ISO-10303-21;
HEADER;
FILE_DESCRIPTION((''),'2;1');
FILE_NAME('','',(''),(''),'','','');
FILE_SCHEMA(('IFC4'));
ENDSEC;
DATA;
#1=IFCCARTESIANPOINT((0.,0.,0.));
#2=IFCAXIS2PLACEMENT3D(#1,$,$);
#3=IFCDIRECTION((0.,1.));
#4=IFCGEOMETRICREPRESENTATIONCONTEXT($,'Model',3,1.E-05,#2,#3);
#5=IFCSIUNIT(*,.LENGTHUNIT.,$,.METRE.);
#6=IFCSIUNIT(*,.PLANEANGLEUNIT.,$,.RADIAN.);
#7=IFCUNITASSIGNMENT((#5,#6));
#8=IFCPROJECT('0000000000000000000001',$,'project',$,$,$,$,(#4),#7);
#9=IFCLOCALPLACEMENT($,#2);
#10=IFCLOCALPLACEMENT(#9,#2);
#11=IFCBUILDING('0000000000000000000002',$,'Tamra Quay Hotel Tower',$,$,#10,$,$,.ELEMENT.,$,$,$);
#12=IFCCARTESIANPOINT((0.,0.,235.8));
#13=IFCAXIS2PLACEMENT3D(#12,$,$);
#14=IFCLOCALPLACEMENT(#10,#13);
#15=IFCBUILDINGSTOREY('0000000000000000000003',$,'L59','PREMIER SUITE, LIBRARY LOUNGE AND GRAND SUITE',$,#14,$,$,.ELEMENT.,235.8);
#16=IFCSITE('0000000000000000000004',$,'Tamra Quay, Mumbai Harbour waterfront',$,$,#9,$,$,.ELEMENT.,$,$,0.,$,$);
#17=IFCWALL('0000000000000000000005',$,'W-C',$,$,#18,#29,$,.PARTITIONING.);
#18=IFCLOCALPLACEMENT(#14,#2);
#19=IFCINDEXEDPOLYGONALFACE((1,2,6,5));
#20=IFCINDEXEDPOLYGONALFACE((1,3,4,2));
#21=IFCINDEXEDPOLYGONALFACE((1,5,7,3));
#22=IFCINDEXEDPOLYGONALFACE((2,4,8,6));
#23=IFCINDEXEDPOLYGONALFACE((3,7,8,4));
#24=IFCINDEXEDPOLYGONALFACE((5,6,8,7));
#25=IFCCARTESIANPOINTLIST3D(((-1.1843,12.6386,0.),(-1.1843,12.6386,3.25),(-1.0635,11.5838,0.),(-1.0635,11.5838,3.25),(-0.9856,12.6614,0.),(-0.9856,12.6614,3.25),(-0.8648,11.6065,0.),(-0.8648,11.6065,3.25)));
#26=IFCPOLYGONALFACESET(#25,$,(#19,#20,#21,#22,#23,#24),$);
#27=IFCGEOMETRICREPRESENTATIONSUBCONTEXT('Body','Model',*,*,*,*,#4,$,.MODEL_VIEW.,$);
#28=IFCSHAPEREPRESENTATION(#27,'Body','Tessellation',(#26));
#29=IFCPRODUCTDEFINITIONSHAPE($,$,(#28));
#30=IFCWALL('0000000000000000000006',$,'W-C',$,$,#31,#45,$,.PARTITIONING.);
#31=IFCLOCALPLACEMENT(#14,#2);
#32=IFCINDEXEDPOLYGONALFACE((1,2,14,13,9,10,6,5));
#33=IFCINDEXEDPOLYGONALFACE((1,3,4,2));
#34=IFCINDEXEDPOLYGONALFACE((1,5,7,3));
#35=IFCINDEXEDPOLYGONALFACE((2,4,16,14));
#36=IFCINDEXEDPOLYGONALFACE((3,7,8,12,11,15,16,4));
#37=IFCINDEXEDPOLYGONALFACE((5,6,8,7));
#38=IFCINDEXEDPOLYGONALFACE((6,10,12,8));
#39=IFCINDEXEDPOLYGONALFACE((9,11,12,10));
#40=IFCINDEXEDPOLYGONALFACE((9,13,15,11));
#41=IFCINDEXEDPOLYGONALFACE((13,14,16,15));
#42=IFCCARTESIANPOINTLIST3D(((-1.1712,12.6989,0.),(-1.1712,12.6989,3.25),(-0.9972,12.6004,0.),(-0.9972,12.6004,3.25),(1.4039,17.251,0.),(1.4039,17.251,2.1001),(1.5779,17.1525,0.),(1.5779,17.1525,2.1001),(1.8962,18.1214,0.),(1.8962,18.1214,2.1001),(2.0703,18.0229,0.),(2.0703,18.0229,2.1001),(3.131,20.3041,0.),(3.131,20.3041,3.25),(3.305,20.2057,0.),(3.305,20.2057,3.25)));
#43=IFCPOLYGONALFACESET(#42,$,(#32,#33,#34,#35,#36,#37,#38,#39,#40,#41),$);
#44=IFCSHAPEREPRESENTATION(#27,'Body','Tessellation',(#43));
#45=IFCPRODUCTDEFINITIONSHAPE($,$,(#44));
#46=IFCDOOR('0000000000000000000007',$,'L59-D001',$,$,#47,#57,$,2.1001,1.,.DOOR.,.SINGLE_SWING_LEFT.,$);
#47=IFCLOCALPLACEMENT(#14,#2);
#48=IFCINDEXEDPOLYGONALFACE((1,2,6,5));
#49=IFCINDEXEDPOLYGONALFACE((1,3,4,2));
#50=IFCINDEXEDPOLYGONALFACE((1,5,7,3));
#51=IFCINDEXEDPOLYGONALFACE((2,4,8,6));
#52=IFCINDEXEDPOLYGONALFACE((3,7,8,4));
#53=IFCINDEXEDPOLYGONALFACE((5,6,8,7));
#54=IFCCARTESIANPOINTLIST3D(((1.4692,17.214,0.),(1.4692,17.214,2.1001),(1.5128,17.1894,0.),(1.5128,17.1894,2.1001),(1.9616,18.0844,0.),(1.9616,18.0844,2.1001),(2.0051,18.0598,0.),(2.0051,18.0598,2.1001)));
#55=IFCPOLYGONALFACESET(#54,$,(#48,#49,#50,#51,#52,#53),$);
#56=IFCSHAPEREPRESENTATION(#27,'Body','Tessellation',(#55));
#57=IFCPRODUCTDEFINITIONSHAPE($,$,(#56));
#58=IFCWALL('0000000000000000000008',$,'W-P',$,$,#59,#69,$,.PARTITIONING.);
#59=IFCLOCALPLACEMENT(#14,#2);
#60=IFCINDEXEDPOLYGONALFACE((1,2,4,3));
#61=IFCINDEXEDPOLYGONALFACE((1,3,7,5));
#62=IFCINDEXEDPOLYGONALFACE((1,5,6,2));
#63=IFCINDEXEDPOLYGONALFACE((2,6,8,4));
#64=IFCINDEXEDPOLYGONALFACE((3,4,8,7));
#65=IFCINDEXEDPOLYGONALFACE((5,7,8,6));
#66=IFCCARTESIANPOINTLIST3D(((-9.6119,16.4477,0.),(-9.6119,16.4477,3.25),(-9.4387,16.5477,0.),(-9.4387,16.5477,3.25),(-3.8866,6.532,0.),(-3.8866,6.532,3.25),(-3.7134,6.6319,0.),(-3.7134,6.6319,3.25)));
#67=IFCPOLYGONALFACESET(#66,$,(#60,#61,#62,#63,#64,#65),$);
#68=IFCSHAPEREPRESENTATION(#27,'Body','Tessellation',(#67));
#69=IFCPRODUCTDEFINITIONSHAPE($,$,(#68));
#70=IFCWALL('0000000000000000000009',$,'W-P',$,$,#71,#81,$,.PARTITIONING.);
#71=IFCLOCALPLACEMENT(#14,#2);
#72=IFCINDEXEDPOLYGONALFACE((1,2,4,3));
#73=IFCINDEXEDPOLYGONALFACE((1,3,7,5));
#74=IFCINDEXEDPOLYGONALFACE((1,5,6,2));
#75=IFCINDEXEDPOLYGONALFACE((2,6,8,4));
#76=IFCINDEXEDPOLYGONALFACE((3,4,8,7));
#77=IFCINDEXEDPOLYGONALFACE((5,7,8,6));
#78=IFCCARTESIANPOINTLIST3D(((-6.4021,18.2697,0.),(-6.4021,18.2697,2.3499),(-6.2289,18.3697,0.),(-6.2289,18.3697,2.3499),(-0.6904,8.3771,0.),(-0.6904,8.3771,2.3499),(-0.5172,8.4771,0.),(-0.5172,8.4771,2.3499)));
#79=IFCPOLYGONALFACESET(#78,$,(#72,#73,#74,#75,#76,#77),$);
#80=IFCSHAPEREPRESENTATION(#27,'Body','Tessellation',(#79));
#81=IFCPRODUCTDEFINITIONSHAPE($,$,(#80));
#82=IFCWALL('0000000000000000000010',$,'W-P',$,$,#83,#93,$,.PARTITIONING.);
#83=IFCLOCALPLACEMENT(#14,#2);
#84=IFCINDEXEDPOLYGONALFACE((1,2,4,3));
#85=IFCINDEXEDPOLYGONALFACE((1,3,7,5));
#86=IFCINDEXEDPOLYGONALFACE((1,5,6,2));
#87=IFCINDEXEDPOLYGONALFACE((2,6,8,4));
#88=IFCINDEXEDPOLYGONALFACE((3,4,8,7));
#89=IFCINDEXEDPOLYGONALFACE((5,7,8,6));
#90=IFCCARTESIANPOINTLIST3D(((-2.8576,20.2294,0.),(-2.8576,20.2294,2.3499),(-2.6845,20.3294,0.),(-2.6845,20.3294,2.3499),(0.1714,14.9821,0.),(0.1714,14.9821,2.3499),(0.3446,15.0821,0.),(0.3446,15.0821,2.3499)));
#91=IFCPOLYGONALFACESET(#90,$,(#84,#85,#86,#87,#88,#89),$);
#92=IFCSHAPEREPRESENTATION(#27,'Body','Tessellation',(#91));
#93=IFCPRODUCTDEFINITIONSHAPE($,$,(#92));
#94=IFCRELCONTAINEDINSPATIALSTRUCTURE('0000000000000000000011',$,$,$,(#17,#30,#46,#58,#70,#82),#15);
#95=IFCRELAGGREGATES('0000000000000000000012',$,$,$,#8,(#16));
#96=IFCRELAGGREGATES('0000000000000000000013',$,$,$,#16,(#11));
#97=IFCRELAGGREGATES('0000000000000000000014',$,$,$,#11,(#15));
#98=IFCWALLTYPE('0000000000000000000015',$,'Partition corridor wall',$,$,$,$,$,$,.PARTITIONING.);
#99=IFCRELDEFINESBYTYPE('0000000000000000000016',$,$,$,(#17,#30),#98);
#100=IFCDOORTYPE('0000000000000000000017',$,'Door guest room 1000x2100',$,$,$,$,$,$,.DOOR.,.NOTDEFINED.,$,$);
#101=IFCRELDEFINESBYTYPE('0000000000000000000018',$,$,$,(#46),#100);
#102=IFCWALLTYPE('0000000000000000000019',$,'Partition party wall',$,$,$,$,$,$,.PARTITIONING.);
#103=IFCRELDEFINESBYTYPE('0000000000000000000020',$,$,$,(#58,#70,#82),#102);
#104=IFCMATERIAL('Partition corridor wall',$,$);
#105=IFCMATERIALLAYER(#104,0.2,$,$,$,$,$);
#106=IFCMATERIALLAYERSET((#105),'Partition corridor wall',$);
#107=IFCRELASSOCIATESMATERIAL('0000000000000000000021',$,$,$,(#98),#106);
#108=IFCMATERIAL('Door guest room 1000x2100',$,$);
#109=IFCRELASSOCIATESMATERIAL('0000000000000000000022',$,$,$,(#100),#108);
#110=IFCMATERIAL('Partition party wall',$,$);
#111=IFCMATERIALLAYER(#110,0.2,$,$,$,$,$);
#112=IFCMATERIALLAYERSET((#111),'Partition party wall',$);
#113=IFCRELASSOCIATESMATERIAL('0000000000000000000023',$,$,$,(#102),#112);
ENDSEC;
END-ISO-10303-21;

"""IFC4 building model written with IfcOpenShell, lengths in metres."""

from ifc_helpers import new_model, si_unit, direction, frame, frame_2d, origin, place, context, subcontext, project, spatial, rectangle, extrude, material, layer, layer_set, type_object, element, fill, save


model = new_model("IFC4")

# Units and contexts
model_context = context("Model", 3, precision=1e-05, world=origin(), true_north=direction((0.0, 1.0)))
body_context = subcontext(model_context, "Body", "Model", "MODEL_VIEW")
ifc_project = project(units=[si_unit("LENGTHUNIT", "METRE"), si_unit("PLANEANGLEUNIT", "RADIAN")], contexts=[model_context])

# Site, building, storey
site_placement = place(None, origin())
site = spatial("IfcSite", under=ifc_project, at=site_placement, Name="Tamra Quay, Mumbai Harbour waterfront", CompositionType="ELEMENT", RefElevation=0.0)
building_placement = place(site_placement, origin())
building = spatial("IfcBuilding", under=site, at=building_placement, Name="Tamra Quay Hotel Tower", CompositionType="ELEMENT")
storey_placement = place(building_placement, frame((0.0, 0.0, 235.8)))
storey = spatial("IfcBuildingStorey", under=building, at=storey_placement, Name="L59", Description="PREMIER SUITE, LIBRARY LOUNGE AND GRAND SUITE", CompositionType="ELEMENT", Elevation=235.8)

# Wall
ifc_material_1 = material(Name="Partition corridor wall")
ifc_layer_1 = layer(ifc_material_1, 0.2)
ifc_layer_set_1 = layer_set([ifc_layer_1], Name="Partition corridor wall")
wall_type_1 = type_object("IfcWallType", Name="Partition corridor wall", PredefinedType="PARTITIONING", material=ifc_layer_set_1)
wall_1_placement = place(storey_placement, frame((-1.085, 12.6499, 0.0), z_axis=(0.0, 0.0, 1.0), x_axis=(0.113812, -0.993502, 0.0)))
element("IfcWall", 1, at=wall_1_placement, inside=storey, type_object=wall_type_1, Name="W-C", PredefinedType="PARTITIONING", context=body_context, shape_type="SweptSolid", body=[
    extrude(rectangle(XDim=1.0618, YDim=0.2, at=frame_2d((0.5308, 0.0))), origin(), (0.0, 0.0, 1.0), 3.25),
])

# Wall, opening, door
wall_2_placement = place(storey_placement, frame((-1.0842, 12.6497, 0.0), z_axis=(0.0, 0.0, 1.0), x_axis=(0.492373, 0.870384, 0.0)))
wall_2 = element("IfcWall", 2, at=wall_2_placement, inside=storey, type_object=wall_type_1, Name="W-C", PredefinedType="PARTITIONING", context=body_context, shape_type="SweptSolid", body=[
    extrude(rectangle(XDim=8.7378, YDim=0.2, at=frame_2d((4.3689, 0.0))), origin(), (0.0, 0.0, 1.0), 3.25),
])
opening_1_placement = place(wall_2_placement, frame((5.23, 0.0, 0.0)))
opening_1 = element("IfcOpeningElement", 3, at=opening_1_placement, cuts=wall_2, PredefinedType="OPENING", context=body_context, shape_type="SweptSolid", body=[
    extrude(rectangle(XDim=1.0, YDim=2.1001, at=frame_2d((0.5, 1.05))), frame((0.0, 0.1099, 0.0), z_axis=(0.0, -1.0, 0.0), x_axis=(1.0, 0.0, 0.0)), (0.0, 0.0, 1.0), 0.22),
])
ifc_material_2 = material(Name="Door guest room 1000x2100")
door_type_1 = type_object("IfcDoorType", Name="Door guest room 1000x2100", OperationType="NOTDEFINED", PredefinedType="DOOR", material=ifc_material_2)
door_1_placement = place(opening_1_placement, origin())
door_1 = element("IfcDoor", 4, at=door_1_placement, inside=storey, type_object=door_type_1, Name="L59-D001", OperationType="SINGLE_SWING_LEFT", OverallHeight=2.1001, OverallWidth=1.0, PredefinedType="DOOR", context=body_context, shape_type="SweptSolid", body=[
    extrude(rectangle(XDim=1.0, YDim=2.1001, at=frame_2d((0.5, 1.05))), frame((0.0, 0.0249, 0.0), z_axis=(0.0, -1.0, 0.0), x_axis=(1.0, 0.0, 0.0)), (0.0, 0.0, 1.0), 0.05),
])
fill(opening_1, door_1)

# Walls
ifc_material_3 = material(Name="Partition party wall")
ifc_layer_2 = layer(ifc_material_3, 0.2)
ifc_layer_set_2 = layer_set([ifc_layer_2], Name="Partition party wall")
wall_type_2 = type_object("IfcWallType", Name="Partition party wall", PredefinedType="PARTITIONING", material=ifc_layer_set_2)
wall_3_placement = place(storey_placement, frame((-9.5254, 16.4978, 0.0), z_axis=(0.0, 0.0, 1.0), x_axis=(0.500031, -0.866008, 0.0)))
element("IfcWall", 5, at=wall_3_placement, inside=storey, type_object=wall_type_2, Name="W-P", PredefinedType="PARTITIONING", context=body_context, shape_type="SweptSolid", body=[
    extrude(rectangle(XDim=11.45, YDim=0.2, at=frame_2d((5.7251, 0.0))), origin(), (0.0, 0.0, 1.0), 3.25),
])
wall_4_placement = place(storey_placement, frame((-6.3154, 18.3196, 0.0), z_axis=(0.0, 0.0, 1.0), x_axis=(0.500012, -0.866018, 0.0)))
element("IfcWall", 6, at=wall_4_placement, inside=storey, type_object=wall_type_2, Name="W-P", PredefinedType="PARTITIONING", context=body_context, shape_type="SweptSolid", body=[
    extrude(rectangle(XDim=11.4231, YDim=0.2, at=frame_2d((5.7114, 0.0))), origin(), (0.0, 0.0, 1.0), 2.3499),
])
wall_5_placement = place(storey_placement, frame((-2.771, 20.2793, 0.0), z_axis=(0.0, 0.0, 1.0), x_axis=(0.49994, -0.86606, 0.0)))
element("IfcWall", 7, at=wall_5_placement, inside=storey, type_object=wall_type_2, Name="W-P", PredefinedType="PARTITIONING", context=body_context, shape_type="SweptSolid", body=[
    extrude(rectangle(XDim=6.0588, YDim=0.2, at=frame_2d((3.0293, 0.0))), origin(), (0.0, 0.0, 1.0), 2.3499),
])

save(model, "model.ifc")
